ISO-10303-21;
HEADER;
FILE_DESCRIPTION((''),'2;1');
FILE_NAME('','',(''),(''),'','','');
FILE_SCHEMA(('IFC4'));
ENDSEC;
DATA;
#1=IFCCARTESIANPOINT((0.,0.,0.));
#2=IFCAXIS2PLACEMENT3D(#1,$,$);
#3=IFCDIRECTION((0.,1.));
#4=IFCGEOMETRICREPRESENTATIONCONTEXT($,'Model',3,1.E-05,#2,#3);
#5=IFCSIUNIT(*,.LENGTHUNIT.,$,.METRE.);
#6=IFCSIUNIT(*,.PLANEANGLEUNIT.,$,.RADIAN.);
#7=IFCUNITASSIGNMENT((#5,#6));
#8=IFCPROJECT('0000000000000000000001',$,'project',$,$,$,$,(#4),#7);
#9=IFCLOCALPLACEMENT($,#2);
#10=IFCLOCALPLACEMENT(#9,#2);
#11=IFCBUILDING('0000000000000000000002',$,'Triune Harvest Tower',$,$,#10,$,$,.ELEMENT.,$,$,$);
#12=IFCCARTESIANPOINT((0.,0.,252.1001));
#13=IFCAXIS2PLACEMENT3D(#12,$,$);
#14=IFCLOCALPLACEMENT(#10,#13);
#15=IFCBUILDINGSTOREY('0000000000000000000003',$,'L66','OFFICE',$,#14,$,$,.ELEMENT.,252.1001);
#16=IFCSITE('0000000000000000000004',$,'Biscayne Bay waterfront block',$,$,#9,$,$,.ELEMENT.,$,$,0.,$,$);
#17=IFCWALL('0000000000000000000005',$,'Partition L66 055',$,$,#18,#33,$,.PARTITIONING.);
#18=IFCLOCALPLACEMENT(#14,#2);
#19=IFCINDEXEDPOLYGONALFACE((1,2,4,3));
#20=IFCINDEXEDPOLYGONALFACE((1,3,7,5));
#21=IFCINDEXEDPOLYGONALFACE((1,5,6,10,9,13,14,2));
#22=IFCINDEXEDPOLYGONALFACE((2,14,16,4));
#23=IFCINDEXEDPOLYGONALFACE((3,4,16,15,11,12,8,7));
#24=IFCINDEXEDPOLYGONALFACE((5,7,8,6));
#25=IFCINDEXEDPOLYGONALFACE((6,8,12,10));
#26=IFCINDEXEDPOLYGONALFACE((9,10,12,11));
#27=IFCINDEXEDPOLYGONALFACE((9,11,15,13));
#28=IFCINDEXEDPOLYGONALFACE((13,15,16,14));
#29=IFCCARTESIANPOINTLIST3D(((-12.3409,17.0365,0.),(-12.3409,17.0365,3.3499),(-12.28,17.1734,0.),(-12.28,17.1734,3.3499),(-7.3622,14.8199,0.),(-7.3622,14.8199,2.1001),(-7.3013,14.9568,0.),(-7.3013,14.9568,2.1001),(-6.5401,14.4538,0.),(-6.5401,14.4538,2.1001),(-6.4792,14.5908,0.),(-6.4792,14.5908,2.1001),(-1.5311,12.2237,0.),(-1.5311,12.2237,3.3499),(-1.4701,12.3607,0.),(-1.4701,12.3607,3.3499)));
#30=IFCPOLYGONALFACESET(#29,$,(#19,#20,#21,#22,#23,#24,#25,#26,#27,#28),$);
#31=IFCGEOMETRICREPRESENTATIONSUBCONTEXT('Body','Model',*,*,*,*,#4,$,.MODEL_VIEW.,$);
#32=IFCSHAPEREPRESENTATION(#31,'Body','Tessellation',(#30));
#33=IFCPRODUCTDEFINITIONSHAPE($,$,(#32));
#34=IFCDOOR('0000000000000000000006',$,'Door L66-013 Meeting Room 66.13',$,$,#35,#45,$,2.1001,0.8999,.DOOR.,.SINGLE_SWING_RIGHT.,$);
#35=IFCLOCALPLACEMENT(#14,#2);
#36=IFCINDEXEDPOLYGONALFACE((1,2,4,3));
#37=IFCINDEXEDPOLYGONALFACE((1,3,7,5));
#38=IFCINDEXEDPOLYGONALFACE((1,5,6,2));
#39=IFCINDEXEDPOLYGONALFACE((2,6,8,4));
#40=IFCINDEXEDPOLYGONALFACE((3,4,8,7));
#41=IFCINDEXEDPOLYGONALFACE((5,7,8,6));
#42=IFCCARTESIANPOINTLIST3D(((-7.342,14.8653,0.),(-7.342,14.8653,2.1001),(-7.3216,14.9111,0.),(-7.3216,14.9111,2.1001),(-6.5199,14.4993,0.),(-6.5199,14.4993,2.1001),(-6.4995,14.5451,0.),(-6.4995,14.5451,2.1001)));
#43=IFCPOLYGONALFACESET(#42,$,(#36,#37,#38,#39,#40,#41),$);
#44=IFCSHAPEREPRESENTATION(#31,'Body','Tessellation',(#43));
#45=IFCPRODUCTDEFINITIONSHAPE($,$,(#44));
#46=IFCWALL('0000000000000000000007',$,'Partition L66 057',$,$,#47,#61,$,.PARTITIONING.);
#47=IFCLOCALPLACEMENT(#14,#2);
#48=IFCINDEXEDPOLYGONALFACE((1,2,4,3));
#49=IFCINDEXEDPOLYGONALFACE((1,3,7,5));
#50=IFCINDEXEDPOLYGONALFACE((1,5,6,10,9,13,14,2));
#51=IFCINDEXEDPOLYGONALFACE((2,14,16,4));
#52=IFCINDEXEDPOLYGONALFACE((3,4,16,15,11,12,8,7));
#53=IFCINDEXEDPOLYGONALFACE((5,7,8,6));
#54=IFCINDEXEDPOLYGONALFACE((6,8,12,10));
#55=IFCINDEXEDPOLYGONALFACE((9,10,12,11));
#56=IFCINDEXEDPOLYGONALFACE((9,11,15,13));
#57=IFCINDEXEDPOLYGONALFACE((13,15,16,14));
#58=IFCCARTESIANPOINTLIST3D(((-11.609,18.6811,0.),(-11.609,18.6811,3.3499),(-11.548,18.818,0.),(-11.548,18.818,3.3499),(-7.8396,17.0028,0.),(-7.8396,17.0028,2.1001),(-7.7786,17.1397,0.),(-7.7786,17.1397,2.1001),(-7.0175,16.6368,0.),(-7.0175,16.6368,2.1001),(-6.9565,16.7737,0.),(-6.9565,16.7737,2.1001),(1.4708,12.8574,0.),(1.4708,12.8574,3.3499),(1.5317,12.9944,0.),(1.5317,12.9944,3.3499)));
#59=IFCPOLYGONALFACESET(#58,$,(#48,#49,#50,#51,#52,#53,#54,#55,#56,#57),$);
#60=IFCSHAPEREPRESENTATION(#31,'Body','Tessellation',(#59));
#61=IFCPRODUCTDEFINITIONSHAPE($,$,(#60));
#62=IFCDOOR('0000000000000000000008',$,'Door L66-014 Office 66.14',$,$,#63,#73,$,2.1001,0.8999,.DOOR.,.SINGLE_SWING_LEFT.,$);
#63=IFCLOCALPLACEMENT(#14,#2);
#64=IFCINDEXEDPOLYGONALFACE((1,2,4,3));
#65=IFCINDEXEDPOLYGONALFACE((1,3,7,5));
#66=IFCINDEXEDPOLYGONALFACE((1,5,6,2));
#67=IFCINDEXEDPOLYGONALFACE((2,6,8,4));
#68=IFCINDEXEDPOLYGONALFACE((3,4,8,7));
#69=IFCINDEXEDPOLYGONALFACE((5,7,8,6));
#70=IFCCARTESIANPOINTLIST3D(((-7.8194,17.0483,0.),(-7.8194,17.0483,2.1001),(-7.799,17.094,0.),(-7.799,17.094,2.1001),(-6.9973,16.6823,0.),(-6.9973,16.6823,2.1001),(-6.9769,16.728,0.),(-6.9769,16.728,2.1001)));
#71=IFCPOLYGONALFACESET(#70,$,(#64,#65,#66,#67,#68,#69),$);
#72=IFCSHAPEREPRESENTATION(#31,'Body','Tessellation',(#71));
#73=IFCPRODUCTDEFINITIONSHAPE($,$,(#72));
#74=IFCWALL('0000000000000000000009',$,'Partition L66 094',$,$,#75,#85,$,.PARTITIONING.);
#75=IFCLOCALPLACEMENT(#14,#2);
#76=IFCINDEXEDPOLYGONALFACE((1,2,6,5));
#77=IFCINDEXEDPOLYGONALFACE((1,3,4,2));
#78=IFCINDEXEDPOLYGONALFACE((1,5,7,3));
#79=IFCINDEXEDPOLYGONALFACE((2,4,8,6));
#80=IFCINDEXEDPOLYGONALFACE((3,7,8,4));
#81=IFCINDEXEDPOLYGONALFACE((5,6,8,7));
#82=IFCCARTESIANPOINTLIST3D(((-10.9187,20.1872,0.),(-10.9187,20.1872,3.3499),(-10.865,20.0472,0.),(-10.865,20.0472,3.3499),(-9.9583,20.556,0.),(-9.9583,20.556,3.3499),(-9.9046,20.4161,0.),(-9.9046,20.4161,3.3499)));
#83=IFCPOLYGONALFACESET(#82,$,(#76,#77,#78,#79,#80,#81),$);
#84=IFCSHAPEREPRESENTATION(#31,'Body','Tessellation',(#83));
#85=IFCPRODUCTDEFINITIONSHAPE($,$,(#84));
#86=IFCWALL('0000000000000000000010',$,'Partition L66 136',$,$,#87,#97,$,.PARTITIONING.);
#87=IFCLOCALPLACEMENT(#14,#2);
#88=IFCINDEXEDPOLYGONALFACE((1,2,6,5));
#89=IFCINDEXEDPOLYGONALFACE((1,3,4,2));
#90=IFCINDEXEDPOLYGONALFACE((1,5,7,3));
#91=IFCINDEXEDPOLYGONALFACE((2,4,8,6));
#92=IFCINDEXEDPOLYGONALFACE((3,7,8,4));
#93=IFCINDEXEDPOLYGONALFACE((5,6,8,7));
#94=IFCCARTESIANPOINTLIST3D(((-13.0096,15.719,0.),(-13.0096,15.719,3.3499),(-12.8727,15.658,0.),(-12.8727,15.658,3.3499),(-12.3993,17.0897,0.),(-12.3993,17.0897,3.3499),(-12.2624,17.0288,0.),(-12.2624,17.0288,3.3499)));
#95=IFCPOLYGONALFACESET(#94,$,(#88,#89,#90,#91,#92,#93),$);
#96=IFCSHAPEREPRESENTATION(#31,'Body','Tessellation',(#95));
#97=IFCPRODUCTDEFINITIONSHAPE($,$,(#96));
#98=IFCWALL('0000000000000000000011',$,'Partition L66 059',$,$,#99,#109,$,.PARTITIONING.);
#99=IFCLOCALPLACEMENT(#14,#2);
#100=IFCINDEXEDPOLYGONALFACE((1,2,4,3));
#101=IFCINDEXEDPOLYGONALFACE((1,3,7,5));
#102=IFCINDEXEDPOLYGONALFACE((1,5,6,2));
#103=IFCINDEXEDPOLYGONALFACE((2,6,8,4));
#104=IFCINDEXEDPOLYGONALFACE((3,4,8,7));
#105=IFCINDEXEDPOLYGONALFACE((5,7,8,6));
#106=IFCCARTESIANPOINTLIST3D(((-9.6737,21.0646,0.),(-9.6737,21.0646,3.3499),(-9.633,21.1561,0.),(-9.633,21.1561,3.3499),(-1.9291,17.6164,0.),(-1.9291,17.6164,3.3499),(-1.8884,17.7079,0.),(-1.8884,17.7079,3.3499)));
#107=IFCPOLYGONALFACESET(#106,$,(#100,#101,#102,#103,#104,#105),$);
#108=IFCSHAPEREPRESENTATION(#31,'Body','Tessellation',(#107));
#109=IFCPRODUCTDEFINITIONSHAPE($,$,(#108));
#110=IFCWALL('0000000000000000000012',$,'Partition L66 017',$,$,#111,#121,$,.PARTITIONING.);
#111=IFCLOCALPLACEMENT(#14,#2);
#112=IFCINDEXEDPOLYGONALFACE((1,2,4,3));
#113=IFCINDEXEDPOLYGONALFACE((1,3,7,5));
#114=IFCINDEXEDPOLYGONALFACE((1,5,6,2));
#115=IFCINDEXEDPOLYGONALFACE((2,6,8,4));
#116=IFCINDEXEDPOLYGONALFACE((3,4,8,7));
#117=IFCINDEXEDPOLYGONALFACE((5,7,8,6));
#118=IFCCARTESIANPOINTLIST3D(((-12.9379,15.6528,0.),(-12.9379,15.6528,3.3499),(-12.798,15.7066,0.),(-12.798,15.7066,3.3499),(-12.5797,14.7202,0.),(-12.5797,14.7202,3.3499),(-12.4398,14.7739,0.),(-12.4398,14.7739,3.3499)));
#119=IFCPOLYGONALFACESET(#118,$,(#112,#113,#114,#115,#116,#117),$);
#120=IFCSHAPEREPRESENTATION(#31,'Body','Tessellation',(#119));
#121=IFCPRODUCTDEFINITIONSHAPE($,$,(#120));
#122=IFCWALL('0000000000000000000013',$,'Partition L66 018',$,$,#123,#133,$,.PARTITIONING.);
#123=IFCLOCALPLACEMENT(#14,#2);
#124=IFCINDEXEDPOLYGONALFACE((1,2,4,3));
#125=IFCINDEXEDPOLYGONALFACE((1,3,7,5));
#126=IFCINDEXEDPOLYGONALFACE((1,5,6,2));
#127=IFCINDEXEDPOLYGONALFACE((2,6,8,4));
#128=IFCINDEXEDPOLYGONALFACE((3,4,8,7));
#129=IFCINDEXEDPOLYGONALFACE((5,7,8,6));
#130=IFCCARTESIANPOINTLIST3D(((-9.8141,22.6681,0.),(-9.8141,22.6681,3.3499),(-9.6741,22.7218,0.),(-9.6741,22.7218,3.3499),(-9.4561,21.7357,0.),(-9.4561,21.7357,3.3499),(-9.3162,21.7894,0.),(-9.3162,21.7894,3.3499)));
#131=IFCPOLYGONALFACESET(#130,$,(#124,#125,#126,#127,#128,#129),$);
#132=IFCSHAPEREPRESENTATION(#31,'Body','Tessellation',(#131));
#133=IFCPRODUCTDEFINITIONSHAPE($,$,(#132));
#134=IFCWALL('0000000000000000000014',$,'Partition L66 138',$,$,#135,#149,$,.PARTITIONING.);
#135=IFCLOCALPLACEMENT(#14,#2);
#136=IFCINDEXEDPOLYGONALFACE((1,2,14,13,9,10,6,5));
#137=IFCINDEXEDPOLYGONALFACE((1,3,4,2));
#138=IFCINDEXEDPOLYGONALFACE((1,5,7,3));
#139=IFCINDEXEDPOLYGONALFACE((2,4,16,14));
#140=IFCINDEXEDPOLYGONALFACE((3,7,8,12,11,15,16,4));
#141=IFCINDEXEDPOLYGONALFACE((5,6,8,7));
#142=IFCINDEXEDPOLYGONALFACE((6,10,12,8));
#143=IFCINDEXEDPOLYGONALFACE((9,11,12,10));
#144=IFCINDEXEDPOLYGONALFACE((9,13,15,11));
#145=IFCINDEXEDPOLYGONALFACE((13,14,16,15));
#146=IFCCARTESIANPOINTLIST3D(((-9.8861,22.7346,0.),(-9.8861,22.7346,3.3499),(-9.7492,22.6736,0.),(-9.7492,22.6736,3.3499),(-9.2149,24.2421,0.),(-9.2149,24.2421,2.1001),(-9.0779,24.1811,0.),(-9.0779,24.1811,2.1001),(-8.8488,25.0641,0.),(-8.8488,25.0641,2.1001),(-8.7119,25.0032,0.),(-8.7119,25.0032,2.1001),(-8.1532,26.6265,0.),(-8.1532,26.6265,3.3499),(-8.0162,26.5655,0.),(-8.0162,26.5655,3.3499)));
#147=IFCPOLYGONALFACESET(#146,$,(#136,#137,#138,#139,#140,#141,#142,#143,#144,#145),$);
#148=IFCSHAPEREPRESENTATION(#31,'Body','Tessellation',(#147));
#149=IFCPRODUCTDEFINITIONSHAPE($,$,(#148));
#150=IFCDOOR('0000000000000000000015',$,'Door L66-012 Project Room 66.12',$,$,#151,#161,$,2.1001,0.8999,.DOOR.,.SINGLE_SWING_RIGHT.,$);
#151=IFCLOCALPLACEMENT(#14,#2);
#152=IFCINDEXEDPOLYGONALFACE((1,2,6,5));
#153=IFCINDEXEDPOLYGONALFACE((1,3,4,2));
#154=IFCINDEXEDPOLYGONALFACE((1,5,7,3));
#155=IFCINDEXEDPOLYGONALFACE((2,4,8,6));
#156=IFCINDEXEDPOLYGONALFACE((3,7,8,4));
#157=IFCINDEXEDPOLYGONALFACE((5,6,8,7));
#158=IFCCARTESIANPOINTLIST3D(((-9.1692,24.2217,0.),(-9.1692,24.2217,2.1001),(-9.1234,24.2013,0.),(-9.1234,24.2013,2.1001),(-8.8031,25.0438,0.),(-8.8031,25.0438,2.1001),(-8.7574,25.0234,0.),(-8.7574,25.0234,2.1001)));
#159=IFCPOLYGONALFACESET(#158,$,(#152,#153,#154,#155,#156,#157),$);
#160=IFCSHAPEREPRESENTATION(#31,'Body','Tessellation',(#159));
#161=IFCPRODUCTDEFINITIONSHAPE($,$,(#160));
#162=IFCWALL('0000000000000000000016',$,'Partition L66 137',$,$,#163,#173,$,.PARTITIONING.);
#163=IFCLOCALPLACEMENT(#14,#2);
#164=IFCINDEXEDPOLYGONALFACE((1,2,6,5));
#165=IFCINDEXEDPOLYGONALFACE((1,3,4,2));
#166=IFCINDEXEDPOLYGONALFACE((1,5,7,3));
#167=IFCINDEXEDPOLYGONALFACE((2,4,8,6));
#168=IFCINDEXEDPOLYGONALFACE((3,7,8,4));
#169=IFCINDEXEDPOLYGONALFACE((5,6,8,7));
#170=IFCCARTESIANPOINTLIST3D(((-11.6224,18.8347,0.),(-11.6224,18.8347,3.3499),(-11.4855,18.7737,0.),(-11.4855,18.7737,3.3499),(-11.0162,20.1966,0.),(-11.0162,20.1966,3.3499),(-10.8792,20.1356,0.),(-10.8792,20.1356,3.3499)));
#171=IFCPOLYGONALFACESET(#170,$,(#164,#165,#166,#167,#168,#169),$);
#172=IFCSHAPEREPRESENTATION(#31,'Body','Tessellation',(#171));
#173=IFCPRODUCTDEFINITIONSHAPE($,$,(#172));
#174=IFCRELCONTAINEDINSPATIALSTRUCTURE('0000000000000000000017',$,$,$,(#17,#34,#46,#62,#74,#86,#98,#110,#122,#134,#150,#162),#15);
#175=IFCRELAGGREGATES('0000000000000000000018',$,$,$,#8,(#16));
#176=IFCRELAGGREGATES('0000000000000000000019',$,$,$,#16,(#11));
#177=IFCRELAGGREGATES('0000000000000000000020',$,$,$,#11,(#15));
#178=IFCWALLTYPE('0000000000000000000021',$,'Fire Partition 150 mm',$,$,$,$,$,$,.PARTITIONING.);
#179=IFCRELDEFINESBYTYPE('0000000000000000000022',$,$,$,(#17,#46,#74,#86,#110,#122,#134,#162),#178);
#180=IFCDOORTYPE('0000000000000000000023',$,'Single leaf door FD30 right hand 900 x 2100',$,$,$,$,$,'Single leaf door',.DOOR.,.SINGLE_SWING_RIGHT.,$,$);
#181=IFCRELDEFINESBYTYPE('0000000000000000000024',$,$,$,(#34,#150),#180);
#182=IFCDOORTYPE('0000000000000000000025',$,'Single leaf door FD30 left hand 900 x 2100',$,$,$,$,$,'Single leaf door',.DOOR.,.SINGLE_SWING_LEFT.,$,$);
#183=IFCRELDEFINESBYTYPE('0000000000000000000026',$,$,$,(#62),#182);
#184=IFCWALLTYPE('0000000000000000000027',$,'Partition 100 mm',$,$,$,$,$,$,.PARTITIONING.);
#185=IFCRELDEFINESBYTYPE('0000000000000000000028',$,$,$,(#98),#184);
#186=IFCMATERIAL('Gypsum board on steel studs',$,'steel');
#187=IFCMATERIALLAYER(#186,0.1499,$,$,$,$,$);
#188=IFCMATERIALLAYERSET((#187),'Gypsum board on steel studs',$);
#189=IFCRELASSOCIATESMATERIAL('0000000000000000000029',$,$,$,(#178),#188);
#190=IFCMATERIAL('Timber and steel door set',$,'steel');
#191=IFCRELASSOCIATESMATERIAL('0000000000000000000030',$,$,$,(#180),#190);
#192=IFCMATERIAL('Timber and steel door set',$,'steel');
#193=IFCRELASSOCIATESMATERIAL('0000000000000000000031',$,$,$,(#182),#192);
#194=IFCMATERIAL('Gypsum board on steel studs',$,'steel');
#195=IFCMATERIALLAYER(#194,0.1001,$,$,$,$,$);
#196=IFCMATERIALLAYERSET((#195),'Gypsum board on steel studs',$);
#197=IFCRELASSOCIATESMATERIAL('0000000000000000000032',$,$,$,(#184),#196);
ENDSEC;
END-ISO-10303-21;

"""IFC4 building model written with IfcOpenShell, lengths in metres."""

from ifc_helpers import new_model, si_unit, direction, frame, frame_2d, origin, place, context, subcontext, project, spatial, rectangle, extrude, source, transform, mapped, material, layer, layer_set, type_object, element, fill, save


model = new_model("IFC4")

# Units and contexts
model_context = context("Model", 3, precision=1e-05, world=origin(), true_north=direction((0.0, 1.0)))
body_context = subcontext(model_context, "Body", "Model", "MODEL_VIEW")
ifc_project = project(units=[si_unit("LENGTHUNIT", "METRE"), si_unit("PLANEANGLEUNIT", "RADIAN")], contexts=[model_context])

# Site, building, storey
site_placement = place(None, origin())
site = spatial("IfcSite", under=ifc_project, at=site_placement, Name="Biscayne Bay waterfront block", CompositionType="ELEMENT", RefElevation=0.0)
building_placement = place(site_placement, origin())
building = spatial("IfcBuilding", under=site, at=building_placement, Name="Triune Harvest Tower", CompositionType="ELEMENT")
storey_placement = place(building_placement, frame((0.0, 0.0, 252.1001)))
storey = spatial("IfcBuildingStorey", under=building, at=storey_placement, Name="L66", Description="OFFICE", CompositionType="ELEMENT", Elevation=252.1001)

# Walls, openings, doors
ifc_material_1 = material(Name="Gypsum board on steel studs", Category="steel")
ifc_layer_1 = layer(ifc_material_1, 0.1499)
ifc_layer_set_1 = layer_set([ifc_layer_1], Name="Gypsum board on steel studs")
wall_type_1 = type_object("IfcWallType", Name="Fire Partition 150 mm", PredefinedType="PARTITIONING", material=ifc_layer_set_1)
wall_1_placement = place(storey_placement, frame((-12.3105, 17.105, 0.0), z_axis=(0.0, 0.0, 1.0), x_axis=(0.913548, -0.40673, 0.0)))
wall_1 = element("IfcWall", 1, at=wall_1_placement, inside=storey, type_object=wall_type_1, Name="Partition L66 055", PredefinedType="PARTITIONING", context=body_context, shape_type="SweptSolid", body=[
    extrude(rectangle(XDim=11.8328, YDim=0.1499, at=frame_2d((5.9165, 0.0))), origin(), (0.0, 0.0, 1.0), 3.3499),
])
opening_1_placement = place(wall_1_placement, frame((5.45, 0.0, 0.0)))
opening_1 = element("IfcOpeningElement", 2, at=opening_1_placement, cuts=wall_1, PredefinedType="OPENING", context=body_context, shape_type="SweptSolid", body=[
    extrude(rectangle(XDim=0.8999, YDim=2.1001, at=frame_2d((0.45, 1.05))), frame((0.0, 0.085, 0.0), z_axis=(0.0, -1.0, 0.0), x_axis=(1.0, 0.0, 0.0)), (0.0, 0.0, 1.0), 0.1699),
])
ifc_material_2 = material(Name="Timber and steel door set", Category="steel")
door_type_1 = type_object("IfcDoorType", Name="Single leaf door FD30 right hand 900 x 2100", ElementType="Single leaf door", OperationType="SINGLE_SWING_RIGHT", PredefinedType="DOOR", material=ifc_material_2)
door_1_placement = place(opening_1_placement, origin())
door_1 = element("IfcDoor", 3, at=door_1_placement, inside=storey, type_object=door_type_1, Name="Door L66-013 Meeting Room 66.13", OperationType="SINGLE_SWING_RIGHT", OverallHeight=2.1001, OverallWidth=0.8999, PredefinedType="DOOR", context=body_context, shape_type="SweptSolid", body=[
    extrude(rectangle(XDim=0.8999, YDim=2.1001, at=frame_2d((0.45, 1.05))), frame((0.0, 0.0249, 0.0), z_axis=(0.0, -1.0, 0.0), x_axis=(1.0, 0.0, 0.0)), (0.0, 0.0, 1.0), 0.05),
])
fill(opening_1, door_1)
wall_2_placement = place(storey_placement, frame((-11.5784, 18.7495, 0.0), z_axis=(0.0, 0.0, 1.0), x_axis=(0.91354, -0.406749, 0.0)))
wall_2 = element("IfcWall", 4, at=wall_2_placement, inside=storey, type_object=wall_type_1, Name="Partition L66 057", PredefinedType="PARTITIONING", context=body_context, shape_type="SweptSolid", body=[
    extrude(rectangle(XDim=14.3176, YDim=0.1499, at=frame_2d((7.1587, 0.0))), origin(), (0.0, 0.0, 1.0), 3.3499),
])
opening_2_placement = place(wall_2_placement, frame((4.126, 0.0, 0.0)))
opening_2 = element("IfcOpeningElement", 5, at=opening_2_placement, cuts=wall_2, PredefinedType="OPENING", context=body_context, shape_type="SweptSolid", body=[
    extrude(rectangle(XDim=0.8999, YDim=2.1001, at=frame_2d((0.45, 1.05))), frame((0.0, 0.085, 0.0), z_axis=(0.0, -1.0, 0.0), x_axis=(1.0, 0.0, 0.0)), (0.0, 0.0, 1.0), 0.1699),
])
ifc_material_3 = material(Name="Timber and steel door set", Category="steel")
door_type_2 = type_object("IfcDoorType", Name="Single leaf door FD30 left hand 900 x 2100", ElementType="Single leaf door", OperationType="SINGLE_SWING_LEFT", PredefinedType="DOOR", material=ifc_material_3)
door_2_placement = place(opening_2_placement, origin())
door_2 = element("IfcDoor", 6, at=door_2_placement, inside=storey, type_object=door_type_2, Name="Door L66-014 Office 66.14", OperationType="SINGLE_SWING_LEFT", OverallHeight=2.1001, OverallWidth=0.8999, PredefinedType="DOOR", context=body_context, shape_type="SweptSolid", body=[
    extrude(rectangle(XDim=0.8999, YDim=2.1001, at=frame_2d((0.45, 1.05))), frame((0.0, 0.0249, 0.0), z_axis=(0.0, -1.0, 0.0), x_axis=(1.0, 0.0, 0.0)), (0.0, 0.0, 1.0), 0.05),
])
fill(opening_2, door_2)

# Walls
wall_3_placement = place(storey_placement, frame((-10.8918, 20.1172, 0.0), z_axis=(0.0, 0.0, 1.0), x_axis=(0.933511, 0.35855, 0.0)))
element("IfcWall", 7, at=wall_3_placement, inside=storey, type_object=wall_type_1, Name="Partition L66 094", PredefinedType="PARTITIONING", context=body_context, shape_type="SweptSolid", body=[
    extrude(rectangle(XDim=1.0288, YDim=0.1499, at=frame_2d((0.5144, 0.0))), origin(), (0.0, 0.0, 1.0), 3.3499),
])
wall_4_placement = place(storey_placement, frame((-12.9412, 15.6885, 0.0), z_axis=(0.0, 0.0, 1.0), x_axis=(0.406742, 0.913543, 0.0)))
element("IfcWall", 8, at=wall_4_placement, inside=storey, type_object=wall_type_1, Name="Partition L66 136", PredefinedType="PARTITIONING", context=body_context, shape_type="SweptSolid", body=[
    extrude(rectangle(XDim=1.5005, YDim=0.1499, at=frame_2d((0.7502, 0.0))), origin(), (0.0, 0.0, 1.0), 3.3499),
])
ifc_material_4 = material(Name="Gypsum board on steel studs", Category="steel")
ifc_layer_2 = layer(ifc_material_4, 0.1001)
ifc_layer_set_2 = layer_set([ifc_layer_2], Name="Gypsum board on steel studs")
wall_type_2 = type_object("IfcWallType", Name="Partition 100 mm", PredefinedType="PARTITIONING", material=ifc_layer_set_2)
wall_5_placement = place(storey_placement, frame((-9.6533, 21.1104, 0.0), z_axis=(0.0, 0.0, 1.0), x_axis=(0.913541, -0.406748, 0.0)))
element("IfcWall", 9, at=wall_5_placement, inside=storey, type_object=wall_type_2, Name="Partition L66 059", PredefinedType="PARTITIONING", context=body_context, shape_type="SweptSolid", body=[
    extrude(rectangle(XDim=8.4775, YDim=0.1001, at=frame_2d((4.2388, 0.0))), origin(), (0.0, 0.0, 1.0), 3.3499),
])
shared_shape_1 = source(origin(), body_context, "Body", "SweptSolid", [
    extrude(rectangle(XDim=0.999, YDim=0.1499, at=frame_2d((0.4995, 0.0))), origin(), (0.0, 0.0, 1.0), 3.3499),
])
wall_6_placement = place(storey_placement, frame((-12.8679, 15.6797, 0.0), z_axis=(0.0, 0.0, 1.0), x_axis=(0.358504, -0.933528, 0.0)))
element("IfcWall", 10, at=wall_6_placement, inside=storey, type_object=wall_type_1, Name="Partition L66 017", PredefinedType="PARTITIONING", context=body_context, shape_type="MappedRepresentation", body=[
    mapped(shared_shape_1, transform((0.0, 0.0, 0.0), scale=1.0)),
])
shared_shape_2 = source(origin(), body_context, "Body", "SweptSolid", [
    extrude(rectangle(XDim=0.9988, YDim=0.1499, at=frame_2d((0.4995, 0.0))), origin(), (0.0, 0.0, 1.0), 3.3499),
])
wall_7_placement = place(storey_placement, frame((-9.7441, 22.6951, 0.0), z_axis=(0.0, 0.0, 1.0), x_axis=(0.358373, -0.933579, 0.0)))
element("IfcWall", 11, at=wall_7_placement, inside=storey, type_object=wall_type_1, Name="Partition L66 018", PredefinedType="PARTITIONING", context=body_context, shape_type="MappedRepresentation", body=[
    mapped(shared_shape_2, transform((0.0, 0.0, 0.0), scale=1.0)),
])

# Wall, opening, door
shared_shape_3 = source(origin(), body_context, "Body", "SweptSolid", [
    extrude(rectangle(XDim=4.2603, YDim=0.1499, at=frame_2d((2.1301, 0.0))), origin(), (0.0, 0.0, 1.0), 3.3499),
])
wall_8_placement = place(storey_placement, frame((-9.8176, 22.7041, 0.0), z_axis=(0.0, 0.0, 1.0), x_axis=(0.406766, 0.913532, 0.0)))
wall_8 = element("IfcWall", 12, at=wall_8_placement, inside=storey, type_object=wall_type_1, Name="Partition L66 138", PredefinedType="PARTITIONING", context=body_context, shape_type="MappedRepresentation", body=[
    mapped(shared_shape_3, transform((0.0, 0.0, 0.0), scale=1.0)),
])
opening_3_placement = place(wall_8_placement, frame((1.6501, 0.0, 0.0)))
opening_3 = element("IfcOpeningElement", 13, at=opening_3_placement, cuts=wall_8, PredefinedType="OPENING", context=body_context, shape_type="SweptSolid", body=[
    extrude(rectangle(XDim=0.8999, YDim=2.1001, at=frame_2d((0.45, 1.05))), frame((0.0, 0.085, 0.0), z_axis=(0.0, -1.0, 0.0), x_axis=(1.0, 0.0, 0.0)), (0.0, 0.0, 1.0), 0.1699),
])
door_3_placement = place(opening_3_placement, origin())
door_3 = element("IfcDoor", 14, at=door_3_placement, inside=storey, type_object=door_type_1, Name="Door L66-012 Project Room 66.12", OperationType="SINGLE_SWING_RIGHT", OverallHeight=2.1001, OverallWidth=0.8999, PredefinedType="DOOR", context=body_context, shape_type="SweptSolid", body=[
    extrude(rectangle(XDim=0.8999, YDim=2.1001, at=frame_2d((0.45, 1.05))), frame((0.0, 0.0249, 0.0), z_axis=(0.0, -1.0, 0.0), x_axis=(1.0, 0.0, 0.0)), (0.0, 0.0, 1.0), 0.05),
])
fill(opening_3, door_3)

# Wall
shared_shape_4 = source(origin(), body_context, "Body", "SweptSolid", [
    extrude(rectangle(XDim=1.4907, YDim=0.1499, at=frame_2d((0.7454, 0.0))), origin(), (0.0, 0.0, 1.0), 3.3499),
])
wall_9_placement = place(storey_placement, frame((-11.554, 18.8042, 0.0), z_axis=(0.0, 0.0, 1.0), x_axis=(0.40667, 0.913575, 0.0)))
element("IfcWall", 15, at=wall_9_placement, inside=storey, type_object=wall_type_1, Name="Partition L66 137", PredefinedType="PARTITIONING", context=body_context, shape_type="MappedRepresentation", body=[
    mapped(shared_shape_4, transform((0.0, 0.0, 0.0), scale=1.0)),
])

save(model, "model.ifc")
